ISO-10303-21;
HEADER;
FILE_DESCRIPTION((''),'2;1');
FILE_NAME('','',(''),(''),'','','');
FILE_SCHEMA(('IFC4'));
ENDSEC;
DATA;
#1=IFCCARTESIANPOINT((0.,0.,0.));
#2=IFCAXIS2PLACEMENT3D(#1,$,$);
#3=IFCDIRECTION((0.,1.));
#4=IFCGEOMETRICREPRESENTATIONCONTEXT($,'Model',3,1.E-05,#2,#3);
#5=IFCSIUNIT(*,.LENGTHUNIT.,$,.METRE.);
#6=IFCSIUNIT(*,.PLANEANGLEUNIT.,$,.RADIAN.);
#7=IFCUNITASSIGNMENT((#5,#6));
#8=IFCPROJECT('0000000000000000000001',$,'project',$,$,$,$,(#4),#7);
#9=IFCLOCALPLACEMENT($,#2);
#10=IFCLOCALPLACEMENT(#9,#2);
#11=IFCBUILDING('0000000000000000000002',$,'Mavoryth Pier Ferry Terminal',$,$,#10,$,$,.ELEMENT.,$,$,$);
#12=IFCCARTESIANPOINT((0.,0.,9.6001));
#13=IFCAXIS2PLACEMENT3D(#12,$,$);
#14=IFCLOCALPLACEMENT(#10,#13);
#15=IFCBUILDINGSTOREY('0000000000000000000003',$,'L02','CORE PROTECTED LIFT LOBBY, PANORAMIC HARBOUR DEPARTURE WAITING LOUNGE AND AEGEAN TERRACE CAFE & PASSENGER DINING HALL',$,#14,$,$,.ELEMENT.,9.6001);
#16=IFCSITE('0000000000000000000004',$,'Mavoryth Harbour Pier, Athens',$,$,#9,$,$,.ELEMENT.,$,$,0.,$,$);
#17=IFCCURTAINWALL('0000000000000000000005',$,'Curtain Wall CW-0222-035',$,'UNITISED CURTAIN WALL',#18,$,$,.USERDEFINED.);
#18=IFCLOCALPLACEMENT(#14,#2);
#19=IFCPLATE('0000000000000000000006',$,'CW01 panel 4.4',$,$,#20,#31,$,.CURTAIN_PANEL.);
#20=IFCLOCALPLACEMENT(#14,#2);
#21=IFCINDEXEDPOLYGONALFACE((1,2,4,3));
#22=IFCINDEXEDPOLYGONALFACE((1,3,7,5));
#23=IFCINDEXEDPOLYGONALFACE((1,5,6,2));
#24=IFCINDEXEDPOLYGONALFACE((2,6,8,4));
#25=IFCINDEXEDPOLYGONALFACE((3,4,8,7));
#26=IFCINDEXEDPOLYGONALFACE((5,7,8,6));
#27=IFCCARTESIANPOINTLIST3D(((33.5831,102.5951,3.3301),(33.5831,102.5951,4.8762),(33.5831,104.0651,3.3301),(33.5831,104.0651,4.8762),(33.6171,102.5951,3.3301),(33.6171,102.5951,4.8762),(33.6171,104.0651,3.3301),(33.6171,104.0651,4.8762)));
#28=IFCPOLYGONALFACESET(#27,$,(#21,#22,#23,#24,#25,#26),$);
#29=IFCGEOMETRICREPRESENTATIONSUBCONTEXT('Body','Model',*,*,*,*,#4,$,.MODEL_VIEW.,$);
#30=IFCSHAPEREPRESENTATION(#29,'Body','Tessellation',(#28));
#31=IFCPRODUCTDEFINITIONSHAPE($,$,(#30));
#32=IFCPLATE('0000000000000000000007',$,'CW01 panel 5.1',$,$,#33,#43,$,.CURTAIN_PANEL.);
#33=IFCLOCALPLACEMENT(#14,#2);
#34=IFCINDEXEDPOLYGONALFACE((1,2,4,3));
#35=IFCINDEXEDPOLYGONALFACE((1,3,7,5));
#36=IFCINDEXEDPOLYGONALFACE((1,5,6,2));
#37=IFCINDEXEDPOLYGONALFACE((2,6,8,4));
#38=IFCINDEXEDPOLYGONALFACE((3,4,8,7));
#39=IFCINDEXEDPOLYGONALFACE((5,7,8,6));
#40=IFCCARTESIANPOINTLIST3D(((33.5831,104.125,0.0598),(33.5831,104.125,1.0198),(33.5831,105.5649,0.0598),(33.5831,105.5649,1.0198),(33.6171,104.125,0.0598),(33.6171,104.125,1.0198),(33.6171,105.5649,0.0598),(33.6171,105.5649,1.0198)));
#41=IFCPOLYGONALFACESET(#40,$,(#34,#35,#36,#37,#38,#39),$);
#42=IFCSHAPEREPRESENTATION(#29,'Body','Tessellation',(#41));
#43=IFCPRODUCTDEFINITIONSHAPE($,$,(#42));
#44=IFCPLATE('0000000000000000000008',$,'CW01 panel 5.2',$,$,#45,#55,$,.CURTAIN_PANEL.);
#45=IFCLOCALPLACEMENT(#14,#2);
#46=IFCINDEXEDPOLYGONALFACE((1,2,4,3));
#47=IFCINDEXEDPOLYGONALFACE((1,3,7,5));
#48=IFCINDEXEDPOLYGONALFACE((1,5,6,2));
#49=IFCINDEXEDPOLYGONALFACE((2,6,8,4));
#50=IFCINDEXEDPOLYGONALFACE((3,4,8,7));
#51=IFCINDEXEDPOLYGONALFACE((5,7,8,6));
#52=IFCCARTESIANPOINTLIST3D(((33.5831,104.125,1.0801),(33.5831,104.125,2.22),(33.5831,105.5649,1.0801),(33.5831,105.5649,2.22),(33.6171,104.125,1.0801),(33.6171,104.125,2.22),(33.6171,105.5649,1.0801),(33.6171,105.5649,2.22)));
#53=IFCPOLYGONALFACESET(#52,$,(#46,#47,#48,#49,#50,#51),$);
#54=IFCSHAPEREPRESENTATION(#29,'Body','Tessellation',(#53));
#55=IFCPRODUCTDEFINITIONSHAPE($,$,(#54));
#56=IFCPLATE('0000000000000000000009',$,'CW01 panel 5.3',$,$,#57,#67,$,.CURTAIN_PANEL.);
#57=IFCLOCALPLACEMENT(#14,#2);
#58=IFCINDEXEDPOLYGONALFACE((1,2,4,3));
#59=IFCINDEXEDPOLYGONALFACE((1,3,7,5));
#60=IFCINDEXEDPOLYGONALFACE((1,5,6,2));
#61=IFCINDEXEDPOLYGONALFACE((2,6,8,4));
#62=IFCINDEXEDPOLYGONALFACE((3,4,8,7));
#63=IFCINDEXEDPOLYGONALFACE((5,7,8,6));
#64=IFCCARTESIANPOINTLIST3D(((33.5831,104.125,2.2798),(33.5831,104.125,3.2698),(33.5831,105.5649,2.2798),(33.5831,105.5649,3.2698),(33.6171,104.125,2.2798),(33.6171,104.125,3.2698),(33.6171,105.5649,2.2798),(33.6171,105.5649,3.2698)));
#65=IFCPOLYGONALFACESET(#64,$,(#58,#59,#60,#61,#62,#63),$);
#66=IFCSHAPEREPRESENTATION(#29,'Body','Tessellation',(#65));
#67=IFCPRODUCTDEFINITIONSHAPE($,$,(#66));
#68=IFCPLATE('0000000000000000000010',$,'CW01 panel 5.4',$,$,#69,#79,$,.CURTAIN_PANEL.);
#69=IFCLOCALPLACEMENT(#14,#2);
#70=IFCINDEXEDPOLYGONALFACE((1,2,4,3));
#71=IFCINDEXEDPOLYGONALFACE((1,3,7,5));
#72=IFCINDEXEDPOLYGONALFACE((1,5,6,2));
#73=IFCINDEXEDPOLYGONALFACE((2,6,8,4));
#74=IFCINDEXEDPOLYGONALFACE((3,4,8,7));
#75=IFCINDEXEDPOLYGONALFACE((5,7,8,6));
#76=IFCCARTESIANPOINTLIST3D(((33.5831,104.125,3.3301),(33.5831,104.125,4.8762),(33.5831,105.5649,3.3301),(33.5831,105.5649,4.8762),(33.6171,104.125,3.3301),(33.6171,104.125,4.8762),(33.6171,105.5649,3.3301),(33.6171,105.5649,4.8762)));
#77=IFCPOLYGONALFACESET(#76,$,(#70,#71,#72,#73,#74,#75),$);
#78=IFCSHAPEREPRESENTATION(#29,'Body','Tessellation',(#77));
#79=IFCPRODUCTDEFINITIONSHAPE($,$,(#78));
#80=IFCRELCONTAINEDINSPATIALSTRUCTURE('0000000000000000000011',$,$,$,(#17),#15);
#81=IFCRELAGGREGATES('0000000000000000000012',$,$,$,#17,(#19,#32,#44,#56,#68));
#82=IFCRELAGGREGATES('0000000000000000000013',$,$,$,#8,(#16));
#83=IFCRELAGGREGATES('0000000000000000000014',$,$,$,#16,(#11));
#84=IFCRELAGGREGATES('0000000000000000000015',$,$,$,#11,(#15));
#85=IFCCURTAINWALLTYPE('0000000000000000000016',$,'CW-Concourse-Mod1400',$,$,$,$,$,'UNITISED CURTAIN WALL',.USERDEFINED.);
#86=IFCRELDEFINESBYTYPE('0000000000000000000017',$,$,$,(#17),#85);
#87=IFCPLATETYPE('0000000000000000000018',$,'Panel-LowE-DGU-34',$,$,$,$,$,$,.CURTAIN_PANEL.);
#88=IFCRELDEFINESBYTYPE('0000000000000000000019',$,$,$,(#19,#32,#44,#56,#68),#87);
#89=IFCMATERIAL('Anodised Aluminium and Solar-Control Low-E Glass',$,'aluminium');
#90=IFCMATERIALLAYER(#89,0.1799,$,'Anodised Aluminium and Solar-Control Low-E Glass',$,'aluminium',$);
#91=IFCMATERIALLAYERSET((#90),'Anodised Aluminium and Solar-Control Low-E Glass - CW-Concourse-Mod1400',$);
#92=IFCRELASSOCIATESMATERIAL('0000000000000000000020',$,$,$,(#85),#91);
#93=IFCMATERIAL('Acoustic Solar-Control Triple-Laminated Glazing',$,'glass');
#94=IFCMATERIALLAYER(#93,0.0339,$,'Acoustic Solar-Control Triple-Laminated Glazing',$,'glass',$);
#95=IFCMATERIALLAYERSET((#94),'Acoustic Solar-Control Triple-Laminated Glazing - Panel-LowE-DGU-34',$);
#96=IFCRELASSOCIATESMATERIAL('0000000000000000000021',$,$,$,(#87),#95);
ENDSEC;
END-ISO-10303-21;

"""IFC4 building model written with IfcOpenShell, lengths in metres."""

from ifc_helpers import new_model, si_unit, direction, frame, origin, origin_2d, place, context, subcontext, project, spatial, rectangle, extrude, material, layer, layer_set, type_object, element, aggregate, save


model = new_model("IFC4")

# Units and contexts
model_context = context("Model", 3, precision=1e-05, world=origin(), true_north=direction((0.0, 1.0)))
body_context = subcontext(model_context, "Body", "Model", "MODEL_VIEW")
ifc_project = project(units=[si_unit("LENGTHUNIT", "METRE"), si_unit("PLANEANGLEUNIT", "RADIAN")], contexts=[model_context])

# Site, building, storey
site_placement = place(None, origin())
site = spatial("IfcSite", under=ifc_project, at=site_placement, Name="Mavoryth Harbour Pier, Athens", CompositionType="ELEMENT", RefElevation=0.0)
building_placement = place(site_placement, origin())
building = spatial("IfcBuilding", under=site, at=building_placement, Name="Mavoryth Pier Ferry Terminal", CompositionType="ELEMENT")
storey_placement = place(building_placement, frame((0.0, 0.0, 9.6001)))
storey = spatial("IfcBuildingStorey", under=building, at=storey_placement, Name="L02", Description="CORE PROTECTED LIFT LOBBY, PANORAMIC HARBOUR DEPARTURE WAITING LOUNGE AND AEGEAN TERRACE CAFE & PASSENGER DINING HALL", CompositionType="ELEMENT", Elevation=9.6001)

# Curtain wall
ifc_material_1 = material(Name="Anodised Aluminium and Solar-Control Low-E Glass", Category="aluminium")
ifc_layer_1 = layer(ifc_material_1, 0.1799, Name="Anodised Aluminium and Solar-Control Low-E Glass", Category="aluminium")
ifc_layer_set_1 = layer_set([ifc_layer_1], Name="Anodised Aluminium and Solar-Control Low-E Glass - CW-Concourse-Mod1400")
curtain_wall_type = type_object("IfcCurtainWallType", Name="CW-Concourse-Mod1400", ElementType="UNITISED CURTAIN WALL", PredefinedType="USERDEFINED", material=ifc_layer_set_1)
curtain_wall_placement = place(storey_placement, origin())
curtain_wall = element("IfcCurtainWall", 1, at=curtain_wall_placement, inside=storey, type_object=curtain_wall_type, Name="Curtain Wall CW-0222-035", ObjectType="UNITISED CURTAIN WALL", PredefinedType="USERDEFINED")

# Plates
ifc_material_2 = material(Name="Acoustic Solar-Control Triple-Laminated Glazing", Category="glass")
ifc_layer_2 = layer(ifc_material_2, 0.0339, Name="Acoustic Solar-Control Triple-Laminated Glazing", Category="glass")
ifc_layer_set_2 = layer_set([ifc_layer_2], Name="Acoustic Solar-Control Triple-Laminated Glazing - Panel-LowE-DGU-34")
plate_type = type_object("IfcPlateType", Name="Panel-LowE-DGU-34", PredefinedType="CURTAIN_PANEL", material=ifc_layer_set_2)
plate_1_placement = place(storey_placement, frame((33.6001, 103.3301, 3.3301), z_axis=(0.0, 0.0, 1.0), x_axis=(0.0, 1.0, 0.0)))
plate_1 = element("IfcPlate", 2, at=plate_1_placement, type_object=plate_type, Name="CW01 panel 4.4", PredefinedType="CURTAIN_PANEL", context=body_context, shape_type="SweptSolid", body=[
    extrude(rectangle(XDim=1.47, YDim=0.0339, at=origin_2d()), origin(), (0.0, 0.0, 1.0), 1.5461),
])
plate_2_placement = place(storey_placement, frame((33.6001, 104.845, 0.0598), z_axis=(0.0, 0.0, 1.0), x_axis=(0.0, 1.0, 0.0)))
plate_2 = element("IfcPlate", 3, at=plate_2_placement, type_object=plate_type, Name="CW01 panel 5.1", PredefinedType="CURTAIN_PANEL", context=body_context, shape_type="SweptSolid", body=[
    extrude(rectangle(XDim=1.4399, YDim=0.0339, at=origin_2d()), origin(), (0.0, 0.0, 1.0), 0.96),
])
plate_3_placement = place(storey_placement, frame((33.6001, 104.845, 1.0801), z_axis=(0.0, 0.0, 1.0), x_axis=(0.0, 1.0, 0.0)))
plate_3 = element("IfcPlate", 4, at=plate_3_placement, type_object=plate_type, Name="CW01 panel 5.2", PredefinedType="CURTAIN_PANEL", context=body_context, shape_type="SweptSolid", body=[
    extrude(rectangle(XDim=1.4399, YDim=0.0339, at=origin_2d()), origin(), (0.0, 0.0, 1.0), 1.1399),
])
plate_4_placement = place(storey_placement, frame((33.6001, 104.845, 2.2798), z_axis=(0.0, 0.0, 1.0), x_axis=(0.0, 1.0, 0.0)))
plate_4 = element("IfcPlate", 5, at=plate_4_placement, type_object=plate_type, Name="CW01 panel 5.3", PredefinedType="CURTAIN_PANEL", context=body_context, shape_type="SweptSolid", body=[
    extrude(rectangle(XDim=1.4399, YDim=0.0339, at=origin_2d()), origin(), (0.0, 0.0, 1.0), 0.99),
])
plate_5_placement = place(storey_placement, frame((33.6001, 104.845, 3.3301), z_axis=(0.0, 0.0, 1.0), x_axis=(0.0, 1.0, 0.0)))
plate_5 = element("IfcPlate", 6, at=plate_5_placement, type_object=plate_type, Name="CW01 panel 5.4", PredefinedType="CURTAIN_PANEL", context=body_context, shape_type="SweptSolid", body=[
    extrude(rectangle(XDim=1.4399, YDim=0.0339, at=origin_2d()), origin(), (0.0, 0.0, 1.0), 1.5461),
])
aggregate(curtain_wall, [plate_1, plate_2, plate_3, plate_4, plate_5])

save(model, "model.ifc")
